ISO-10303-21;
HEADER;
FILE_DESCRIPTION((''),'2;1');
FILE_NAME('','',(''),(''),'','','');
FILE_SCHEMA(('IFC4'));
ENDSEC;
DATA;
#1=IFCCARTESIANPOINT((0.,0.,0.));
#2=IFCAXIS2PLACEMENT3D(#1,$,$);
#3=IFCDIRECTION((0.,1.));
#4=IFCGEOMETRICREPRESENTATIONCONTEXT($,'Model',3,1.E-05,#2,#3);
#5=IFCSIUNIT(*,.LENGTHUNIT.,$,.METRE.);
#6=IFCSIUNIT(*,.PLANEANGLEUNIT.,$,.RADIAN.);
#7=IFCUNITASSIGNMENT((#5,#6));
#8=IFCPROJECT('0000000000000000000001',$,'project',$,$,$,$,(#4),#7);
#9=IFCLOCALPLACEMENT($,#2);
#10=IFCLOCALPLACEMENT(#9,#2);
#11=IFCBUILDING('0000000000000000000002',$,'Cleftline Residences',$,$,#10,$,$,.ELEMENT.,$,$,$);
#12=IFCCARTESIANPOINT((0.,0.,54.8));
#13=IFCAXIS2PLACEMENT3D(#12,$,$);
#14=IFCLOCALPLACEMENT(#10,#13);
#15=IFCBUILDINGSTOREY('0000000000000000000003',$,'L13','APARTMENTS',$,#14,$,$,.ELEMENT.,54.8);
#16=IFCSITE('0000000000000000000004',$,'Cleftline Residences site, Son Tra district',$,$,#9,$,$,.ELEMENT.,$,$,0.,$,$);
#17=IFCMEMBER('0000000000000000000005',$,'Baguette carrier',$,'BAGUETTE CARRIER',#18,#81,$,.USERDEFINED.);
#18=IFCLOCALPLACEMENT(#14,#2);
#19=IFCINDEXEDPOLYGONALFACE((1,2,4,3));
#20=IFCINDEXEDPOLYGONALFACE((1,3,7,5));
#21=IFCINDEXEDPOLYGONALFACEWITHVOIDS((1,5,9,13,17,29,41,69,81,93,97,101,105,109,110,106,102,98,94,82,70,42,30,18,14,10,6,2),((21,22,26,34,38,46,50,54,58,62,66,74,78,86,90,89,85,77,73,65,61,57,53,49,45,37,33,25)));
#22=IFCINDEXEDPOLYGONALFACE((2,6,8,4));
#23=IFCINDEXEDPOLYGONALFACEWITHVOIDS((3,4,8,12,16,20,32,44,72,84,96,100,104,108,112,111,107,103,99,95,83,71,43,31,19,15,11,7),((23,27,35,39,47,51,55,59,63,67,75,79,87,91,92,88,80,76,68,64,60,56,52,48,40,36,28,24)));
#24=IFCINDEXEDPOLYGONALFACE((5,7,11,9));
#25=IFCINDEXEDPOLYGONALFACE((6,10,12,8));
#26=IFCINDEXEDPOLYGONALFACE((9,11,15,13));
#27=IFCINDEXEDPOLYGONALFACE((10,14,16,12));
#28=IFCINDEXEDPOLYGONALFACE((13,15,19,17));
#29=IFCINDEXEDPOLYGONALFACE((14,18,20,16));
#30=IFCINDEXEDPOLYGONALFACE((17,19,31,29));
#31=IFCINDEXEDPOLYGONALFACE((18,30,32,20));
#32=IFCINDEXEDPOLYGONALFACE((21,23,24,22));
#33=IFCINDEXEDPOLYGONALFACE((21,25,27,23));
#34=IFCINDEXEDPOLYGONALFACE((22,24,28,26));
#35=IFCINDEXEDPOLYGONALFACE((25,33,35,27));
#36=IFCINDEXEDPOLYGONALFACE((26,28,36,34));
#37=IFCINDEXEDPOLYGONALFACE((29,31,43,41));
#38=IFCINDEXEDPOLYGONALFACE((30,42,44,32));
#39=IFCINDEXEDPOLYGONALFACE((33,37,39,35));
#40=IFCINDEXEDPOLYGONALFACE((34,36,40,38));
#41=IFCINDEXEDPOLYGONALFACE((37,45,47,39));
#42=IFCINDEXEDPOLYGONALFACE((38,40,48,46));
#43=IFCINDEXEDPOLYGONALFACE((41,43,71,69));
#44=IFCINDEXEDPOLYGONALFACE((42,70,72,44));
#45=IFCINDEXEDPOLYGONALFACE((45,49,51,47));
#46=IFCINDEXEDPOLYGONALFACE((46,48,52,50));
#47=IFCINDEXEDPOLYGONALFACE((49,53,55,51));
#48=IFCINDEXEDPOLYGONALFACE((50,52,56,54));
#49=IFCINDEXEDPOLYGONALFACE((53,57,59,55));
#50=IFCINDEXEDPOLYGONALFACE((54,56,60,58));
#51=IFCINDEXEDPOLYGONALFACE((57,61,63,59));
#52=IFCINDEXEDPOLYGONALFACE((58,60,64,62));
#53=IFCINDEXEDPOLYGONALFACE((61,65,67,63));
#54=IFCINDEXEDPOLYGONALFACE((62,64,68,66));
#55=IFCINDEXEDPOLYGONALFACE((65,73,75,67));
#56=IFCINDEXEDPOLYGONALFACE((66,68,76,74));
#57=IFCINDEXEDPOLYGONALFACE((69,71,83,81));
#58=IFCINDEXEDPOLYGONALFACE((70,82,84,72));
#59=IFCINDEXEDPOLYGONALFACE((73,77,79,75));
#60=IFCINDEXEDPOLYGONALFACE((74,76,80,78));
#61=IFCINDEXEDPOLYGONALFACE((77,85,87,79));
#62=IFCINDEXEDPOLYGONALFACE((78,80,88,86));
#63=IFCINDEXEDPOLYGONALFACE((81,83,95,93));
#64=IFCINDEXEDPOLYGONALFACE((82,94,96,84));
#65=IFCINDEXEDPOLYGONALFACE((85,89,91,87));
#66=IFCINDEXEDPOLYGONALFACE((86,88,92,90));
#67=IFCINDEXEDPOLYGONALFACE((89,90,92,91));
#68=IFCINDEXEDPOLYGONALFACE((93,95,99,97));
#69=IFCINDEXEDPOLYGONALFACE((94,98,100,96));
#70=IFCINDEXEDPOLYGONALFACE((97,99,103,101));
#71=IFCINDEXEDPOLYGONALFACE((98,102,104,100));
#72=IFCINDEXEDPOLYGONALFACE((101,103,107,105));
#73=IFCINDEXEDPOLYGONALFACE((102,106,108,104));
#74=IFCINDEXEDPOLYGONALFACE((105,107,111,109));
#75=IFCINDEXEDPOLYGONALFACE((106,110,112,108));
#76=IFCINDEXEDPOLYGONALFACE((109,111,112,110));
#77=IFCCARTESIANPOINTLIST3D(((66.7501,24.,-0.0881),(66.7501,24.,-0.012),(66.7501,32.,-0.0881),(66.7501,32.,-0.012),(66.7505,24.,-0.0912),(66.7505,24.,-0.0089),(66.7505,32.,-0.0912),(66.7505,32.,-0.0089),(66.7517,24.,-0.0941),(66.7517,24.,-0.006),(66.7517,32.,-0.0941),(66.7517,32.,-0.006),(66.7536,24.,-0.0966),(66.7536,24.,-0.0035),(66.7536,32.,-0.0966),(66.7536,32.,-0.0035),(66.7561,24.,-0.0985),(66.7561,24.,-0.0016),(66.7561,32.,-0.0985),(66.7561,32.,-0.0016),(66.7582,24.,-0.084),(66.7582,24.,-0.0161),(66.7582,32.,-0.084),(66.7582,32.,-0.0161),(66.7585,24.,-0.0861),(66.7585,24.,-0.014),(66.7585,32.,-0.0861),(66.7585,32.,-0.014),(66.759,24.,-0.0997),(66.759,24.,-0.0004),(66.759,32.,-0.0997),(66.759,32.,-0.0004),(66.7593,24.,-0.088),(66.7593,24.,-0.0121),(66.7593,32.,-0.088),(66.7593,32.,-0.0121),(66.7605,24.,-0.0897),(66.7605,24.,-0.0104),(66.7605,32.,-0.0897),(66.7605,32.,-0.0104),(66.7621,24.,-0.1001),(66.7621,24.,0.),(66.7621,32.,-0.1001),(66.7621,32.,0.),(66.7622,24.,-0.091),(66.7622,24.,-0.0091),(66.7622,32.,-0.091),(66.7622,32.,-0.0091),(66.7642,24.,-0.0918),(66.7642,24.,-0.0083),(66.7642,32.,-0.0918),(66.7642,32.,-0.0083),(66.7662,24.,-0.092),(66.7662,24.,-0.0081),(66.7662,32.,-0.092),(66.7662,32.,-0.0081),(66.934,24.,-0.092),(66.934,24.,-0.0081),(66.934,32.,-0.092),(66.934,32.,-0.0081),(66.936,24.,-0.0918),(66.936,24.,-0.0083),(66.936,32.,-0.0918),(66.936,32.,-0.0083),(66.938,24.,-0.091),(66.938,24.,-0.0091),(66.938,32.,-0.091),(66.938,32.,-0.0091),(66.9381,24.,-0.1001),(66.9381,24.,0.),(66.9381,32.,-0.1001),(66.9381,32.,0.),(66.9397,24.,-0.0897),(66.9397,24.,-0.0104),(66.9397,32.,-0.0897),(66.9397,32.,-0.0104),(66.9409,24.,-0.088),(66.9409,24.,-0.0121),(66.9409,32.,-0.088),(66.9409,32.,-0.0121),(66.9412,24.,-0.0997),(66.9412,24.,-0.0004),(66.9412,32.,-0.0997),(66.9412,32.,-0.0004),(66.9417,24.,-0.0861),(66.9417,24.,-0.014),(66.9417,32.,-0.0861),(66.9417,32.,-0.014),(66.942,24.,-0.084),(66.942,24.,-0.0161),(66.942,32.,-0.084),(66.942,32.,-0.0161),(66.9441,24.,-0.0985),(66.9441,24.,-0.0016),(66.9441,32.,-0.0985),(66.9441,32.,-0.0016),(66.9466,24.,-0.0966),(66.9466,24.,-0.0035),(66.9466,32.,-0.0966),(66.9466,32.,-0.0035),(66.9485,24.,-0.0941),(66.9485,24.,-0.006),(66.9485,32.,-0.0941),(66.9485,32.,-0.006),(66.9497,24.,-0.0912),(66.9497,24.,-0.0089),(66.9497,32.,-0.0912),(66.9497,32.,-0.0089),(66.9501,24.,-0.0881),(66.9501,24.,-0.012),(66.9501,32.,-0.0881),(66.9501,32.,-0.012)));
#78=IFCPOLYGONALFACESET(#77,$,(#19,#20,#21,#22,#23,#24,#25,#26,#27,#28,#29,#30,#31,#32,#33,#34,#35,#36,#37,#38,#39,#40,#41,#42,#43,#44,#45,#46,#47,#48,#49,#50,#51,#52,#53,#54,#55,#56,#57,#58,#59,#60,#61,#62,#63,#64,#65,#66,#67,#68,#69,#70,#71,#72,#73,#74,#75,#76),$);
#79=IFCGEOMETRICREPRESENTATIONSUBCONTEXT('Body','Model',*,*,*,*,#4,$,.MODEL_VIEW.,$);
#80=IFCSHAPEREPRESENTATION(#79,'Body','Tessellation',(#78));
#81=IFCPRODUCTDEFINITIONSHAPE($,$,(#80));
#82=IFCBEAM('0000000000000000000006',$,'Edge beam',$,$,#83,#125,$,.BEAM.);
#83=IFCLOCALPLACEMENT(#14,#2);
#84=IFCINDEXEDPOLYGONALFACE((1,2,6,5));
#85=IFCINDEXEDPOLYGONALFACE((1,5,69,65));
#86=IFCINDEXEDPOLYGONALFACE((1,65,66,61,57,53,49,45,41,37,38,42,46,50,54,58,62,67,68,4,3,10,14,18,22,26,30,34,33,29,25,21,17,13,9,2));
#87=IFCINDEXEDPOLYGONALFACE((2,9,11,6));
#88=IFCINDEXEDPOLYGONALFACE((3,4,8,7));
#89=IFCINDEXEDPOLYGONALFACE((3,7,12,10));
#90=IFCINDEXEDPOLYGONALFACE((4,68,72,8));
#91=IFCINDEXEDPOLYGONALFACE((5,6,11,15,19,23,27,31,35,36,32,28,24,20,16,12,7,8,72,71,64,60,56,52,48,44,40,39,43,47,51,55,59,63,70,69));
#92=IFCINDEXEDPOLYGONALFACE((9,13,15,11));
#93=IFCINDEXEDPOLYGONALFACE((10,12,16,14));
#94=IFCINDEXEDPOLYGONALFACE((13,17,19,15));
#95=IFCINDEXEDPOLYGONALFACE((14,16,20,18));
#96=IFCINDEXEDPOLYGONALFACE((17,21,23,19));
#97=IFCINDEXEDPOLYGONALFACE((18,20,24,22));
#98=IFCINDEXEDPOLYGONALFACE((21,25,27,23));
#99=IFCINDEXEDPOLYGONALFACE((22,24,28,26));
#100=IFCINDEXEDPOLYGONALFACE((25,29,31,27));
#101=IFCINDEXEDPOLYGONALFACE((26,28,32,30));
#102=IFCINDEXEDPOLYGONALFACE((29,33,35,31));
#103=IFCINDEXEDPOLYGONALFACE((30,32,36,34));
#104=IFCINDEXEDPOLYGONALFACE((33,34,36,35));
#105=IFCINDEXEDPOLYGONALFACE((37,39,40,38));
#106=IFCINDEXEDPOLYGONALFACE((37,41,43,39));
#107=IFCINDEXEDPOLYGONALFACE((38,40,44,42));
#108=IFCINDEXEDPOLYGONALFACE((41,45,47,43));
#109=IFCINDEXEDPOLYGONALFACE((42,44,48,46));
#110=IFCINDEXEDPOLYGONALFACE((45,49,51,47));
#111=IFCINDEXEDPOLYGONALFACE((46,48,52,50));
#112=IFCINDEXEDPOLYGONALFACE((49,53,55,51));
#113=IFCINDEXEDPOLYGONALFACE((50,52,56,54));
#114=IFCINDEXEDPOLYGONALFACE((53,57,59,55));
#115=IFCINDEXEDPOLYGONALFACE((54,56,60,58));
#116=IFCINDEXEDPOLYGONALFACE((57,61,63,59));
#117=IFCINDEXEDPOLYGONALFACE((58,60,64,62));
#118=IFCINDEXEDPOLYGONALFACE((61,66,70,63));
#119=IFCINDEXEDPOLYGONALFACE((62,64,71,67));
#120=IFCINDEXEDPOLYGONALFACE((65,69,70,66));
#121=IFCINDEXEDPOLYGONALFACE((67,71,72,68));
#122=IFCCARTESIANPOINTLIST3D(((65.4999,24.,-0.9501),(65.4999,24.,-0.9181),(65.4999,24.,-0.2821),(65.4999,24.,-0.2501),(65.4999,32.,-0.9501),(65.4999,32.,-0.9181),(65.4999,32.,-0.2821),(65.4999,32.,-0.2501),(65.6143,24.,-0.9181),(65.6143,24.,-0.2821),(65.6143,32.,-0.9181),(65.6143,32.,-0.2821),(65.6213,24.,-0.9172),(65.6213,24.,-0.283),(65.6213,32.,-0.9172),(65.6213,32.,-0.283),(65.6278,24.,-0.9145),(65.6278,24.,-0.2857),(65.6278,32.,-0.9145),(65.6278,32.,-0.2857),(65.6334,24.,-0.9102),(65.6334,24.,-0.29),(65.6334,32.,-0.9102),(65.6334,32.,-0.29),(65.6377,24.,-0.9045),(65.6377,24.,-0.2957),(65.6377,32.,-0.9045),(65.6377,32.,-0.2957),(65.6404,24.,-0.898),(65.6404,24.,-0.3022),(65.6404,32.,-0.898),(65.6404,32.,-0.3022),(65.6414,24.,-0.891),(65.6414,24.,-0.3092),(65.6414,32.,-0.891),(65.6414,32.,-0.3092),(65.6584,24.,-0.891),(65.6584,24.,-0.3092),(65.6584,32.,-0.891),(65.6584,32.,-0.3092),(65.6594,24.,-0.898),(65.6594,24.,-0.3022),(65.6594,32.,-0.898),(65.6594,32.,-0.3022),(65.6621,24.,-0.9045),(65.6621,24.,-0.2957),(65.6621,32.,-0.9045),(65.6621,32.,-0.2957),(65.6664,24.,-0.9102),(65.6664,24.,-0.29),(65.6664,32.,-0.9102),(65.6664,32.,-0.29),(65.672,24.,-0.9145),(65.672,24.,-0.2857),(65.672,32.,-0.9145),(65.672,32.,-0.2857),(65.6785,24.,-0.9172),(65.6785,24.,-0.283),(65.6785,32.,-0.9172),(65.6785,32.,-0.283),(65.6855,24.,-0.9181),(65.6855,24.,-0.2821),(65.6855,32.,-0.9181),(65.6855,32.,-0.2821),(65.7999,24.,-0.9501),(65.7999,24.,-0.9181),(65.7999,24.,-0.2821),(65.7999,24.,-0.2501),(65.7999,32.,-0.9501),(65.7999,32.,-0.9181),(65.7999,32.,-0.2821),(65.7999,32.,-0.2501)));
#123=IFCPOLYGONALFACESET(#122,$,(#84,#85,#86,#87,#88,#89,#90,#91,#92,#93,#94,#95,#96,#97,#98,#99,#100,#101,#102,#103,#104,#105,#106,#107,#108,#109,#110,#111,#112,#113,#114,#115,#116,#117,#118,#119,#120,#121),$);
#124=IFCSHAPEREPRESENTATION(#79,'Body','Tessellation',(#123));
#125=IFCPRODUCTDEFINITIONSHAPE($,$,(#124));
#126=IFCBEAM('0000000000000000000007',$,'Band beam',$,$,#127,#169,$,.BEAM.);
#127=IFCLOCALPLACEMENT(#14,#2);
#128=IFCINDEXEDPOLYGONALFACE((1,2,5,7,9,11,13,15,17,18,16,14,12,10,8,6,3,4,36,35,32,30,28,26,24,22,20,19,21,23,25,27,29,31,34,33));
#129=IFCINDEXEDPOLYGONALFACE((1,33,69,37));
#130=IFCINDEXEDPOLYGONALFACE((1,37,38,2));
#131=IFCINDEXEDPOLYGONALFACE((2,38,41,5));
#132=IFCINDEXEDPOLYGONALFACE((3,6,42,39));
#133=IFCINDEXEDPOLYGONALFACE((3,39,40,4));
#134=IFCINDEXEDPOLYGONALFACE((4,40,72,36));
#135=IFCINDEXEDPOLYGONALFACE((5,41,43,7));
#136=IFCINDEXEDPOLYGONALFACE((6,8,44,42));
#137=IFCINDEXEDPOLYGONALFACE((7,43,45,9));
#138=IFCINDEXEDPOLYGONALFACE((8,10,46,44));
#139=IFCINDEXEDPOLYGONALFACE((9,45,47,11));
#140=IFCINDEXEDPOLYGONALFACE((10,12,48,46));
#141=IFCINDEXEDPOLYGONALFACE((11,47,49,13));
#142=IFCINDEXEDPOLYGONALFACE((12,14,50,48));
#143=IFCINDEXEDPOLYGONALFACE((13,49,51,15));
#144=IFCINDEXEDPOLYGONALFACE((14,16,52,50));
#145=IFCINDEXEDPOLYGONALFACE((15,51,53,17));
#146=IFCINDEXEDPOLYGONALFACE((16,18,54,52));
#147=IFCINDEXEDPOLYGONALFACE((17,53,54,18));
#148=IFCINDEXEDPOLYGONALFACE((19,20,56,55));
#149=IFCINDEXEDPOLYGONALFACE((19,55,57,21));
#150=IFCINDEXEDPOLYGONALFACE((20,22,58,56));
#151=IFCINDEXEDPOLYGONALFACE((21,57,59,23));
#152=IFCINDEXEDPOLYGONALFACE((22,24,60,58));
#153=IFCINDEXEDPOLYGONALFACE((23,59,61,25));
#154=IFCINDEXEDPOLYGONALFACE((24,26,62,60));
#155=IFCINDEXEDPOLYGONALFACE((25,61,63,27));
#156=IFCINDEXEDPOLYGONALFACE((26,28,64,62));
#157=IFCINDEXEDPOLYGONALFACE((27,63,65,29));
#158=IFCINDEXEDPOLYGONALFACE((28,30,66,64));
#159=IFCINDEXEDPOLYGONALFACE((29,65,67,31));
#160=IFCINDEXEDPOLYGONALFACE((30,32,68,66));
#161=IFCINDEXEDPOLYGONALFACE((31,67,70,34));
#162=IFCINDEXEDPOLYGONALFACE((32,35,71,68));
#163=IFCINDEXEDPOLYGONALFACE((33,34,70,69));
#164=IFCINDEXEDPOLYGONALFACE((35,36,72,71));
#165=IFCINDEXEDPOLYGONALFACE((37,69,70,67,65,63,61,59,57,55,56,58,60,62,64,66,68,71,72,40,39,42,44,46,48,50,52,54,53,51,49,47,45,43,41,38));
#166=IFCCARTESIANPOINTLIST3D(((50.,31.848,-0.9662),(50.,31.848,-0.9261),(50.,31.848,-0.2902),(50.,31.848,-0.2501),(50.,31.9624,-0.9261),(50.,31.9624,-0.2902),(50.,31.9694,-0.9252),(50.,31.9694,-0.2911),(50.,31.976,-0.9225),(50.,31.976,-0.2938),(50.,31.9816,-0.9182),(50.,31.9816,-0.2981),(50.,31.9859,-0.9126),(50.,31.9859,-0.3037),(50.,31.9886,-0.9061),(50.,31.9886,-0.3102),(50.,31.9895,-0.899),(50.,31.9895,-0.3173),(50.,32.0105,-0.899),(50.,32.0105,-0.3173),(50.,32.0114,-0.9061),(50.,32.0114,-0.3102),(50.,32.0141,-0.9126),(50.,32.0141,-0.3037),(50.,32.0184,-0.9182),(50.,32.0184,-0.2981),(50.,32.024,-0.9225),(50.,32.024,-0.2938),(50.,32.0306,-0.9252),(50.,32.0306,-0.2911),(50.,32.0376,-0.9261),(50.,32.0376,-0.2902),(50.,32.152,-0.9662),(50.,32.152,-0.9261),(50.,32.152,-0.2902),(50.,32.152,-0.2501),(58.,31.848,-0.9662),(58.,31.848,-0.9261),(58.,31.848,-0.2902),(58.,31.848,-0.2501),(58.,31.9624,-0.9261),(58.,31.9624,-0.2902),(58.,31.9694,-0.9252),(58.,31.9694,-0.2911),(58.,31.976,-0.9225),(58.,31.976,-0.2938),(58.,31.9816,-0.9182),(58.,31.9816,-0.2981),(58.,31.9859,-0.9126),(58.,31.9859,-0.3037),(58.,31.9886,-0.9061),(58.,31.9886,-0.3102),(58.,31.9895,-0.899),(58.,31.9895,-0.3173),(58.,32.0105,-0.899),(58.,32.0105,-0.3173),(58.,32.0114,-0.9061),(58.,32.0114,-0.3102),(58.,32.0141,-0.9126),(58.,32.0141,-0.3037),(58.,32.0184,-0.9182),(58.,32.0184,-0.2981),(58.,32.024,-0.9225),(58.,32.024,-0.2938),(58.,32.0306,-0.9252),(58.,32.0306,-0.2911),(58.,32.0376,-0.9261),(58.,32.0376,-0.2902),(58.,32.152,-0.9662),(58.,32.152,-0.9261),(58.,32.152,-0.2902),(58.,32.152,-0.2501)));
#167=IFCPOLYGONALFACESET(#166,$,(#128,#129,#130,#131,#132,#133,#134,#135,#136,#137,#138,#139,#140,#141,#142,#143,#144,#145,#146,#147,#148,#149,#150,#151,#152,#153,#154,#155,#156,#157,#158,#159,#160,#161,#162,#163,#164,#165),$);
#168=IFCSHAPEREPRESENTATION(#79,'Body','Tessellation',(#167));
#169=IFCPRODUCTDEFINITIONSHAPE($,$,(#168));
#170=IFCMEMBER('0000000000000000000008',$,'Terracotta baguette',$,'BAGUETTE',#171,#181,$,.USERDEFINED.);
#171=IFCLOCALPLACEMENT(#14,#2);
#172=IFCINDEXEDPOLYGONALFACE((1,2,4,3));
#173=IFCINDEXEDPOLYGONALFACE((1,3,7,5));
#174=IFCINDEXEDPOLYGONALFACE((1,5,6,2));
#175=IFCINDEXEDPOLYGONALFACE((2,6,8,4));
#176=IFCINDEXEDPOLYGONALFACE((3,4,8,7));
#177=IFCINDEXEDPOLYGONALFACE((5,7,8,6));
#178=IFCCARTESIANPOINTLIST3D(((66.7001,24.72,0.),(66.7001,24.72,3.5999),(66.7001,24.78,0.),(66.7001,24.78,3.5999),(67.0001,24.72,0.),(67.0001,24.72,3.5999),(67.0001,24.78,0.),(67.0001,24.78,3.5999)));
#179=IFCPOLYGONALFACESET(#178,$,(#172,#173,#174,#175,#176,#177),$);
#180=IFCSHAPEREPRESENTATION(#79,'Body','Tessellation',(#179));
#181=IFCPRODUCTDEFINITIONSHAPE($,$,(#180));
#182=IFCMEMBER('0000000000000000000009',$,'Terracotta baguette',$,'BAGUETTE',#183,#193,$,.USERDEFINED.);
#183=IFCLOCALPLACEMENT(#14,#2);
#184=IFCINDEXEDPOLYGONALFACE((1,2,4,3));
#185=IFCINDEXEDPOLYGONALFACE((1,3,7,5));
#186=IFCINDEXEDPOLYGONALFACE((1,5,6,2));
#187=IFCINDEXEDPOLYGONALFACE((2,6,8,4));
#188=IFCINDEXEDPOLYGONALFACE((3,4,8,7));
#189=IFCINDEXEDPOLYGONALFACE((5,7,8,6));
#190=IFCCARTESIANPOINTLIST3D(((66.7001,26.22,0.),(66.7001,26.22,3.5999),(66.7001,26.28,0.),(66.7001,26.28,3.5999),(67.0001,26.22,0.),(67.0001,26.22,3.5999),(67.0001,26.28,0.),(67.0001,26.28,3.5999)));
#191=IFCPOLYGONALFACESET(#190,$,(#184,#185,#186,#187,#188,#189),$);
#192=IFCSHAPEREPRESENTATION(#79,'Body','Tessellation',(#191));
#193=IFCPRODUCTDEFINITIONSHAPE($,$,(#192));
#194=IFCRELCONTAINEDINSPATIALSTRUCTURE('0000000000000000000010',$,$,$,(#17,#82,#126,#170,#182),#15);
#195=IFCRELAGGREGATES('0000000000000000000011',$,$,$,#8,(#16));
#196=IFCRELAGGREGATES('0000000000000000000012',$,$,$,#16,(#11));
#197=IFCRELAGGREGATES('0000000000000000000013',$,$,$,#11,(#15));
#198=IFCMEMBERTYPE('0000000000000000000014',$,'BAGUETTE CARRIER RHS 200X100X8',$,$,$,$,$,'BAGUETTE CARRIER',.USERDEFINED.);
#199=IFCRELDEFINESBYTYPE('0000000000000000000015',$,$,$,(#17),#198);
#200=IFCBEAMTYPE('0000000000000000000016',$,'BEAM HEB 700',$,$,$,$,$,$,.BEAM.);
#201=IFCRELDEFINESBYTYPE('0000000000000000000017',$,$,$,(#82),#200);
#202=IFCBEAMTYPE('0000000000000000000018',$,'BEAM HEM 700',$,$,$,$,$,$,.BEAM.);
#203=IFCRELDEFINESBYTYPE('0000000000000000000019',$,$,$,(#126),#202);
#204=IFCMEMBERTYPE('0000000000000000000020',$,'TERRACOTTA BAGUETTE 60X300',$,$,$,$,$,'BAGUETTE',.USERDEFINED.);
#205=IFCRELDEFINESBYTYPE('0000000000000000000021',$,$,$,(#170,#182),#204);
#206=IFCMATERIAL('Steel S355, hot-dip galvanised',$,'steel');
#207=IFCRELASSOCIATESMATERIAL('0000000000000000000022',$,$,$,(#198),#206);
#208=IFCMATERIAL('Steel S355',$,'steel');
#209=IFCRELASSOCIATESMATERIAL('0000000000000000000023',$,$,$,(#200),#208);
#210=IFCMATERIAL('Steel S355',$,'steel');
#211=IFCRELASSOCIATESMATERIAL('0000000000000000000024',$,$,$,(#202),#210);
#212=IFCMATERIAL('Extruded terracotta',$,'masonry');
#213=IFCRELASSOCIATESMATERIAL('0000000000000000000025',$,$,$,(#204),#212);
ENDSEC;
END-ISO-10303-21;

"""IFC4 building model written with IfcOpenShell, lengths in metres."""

from ifc_helpers import new_model, si_unit, direction, frame, origin, origin_2d, place, context, subcontext, project, spatial, rectangle, hollow_rectangle, i_section, extrude, material, material_profile, profile_set, type_object, element, save


model = new_model("IFC4")

# Units and contexts
model_context = context("Model", 3, precision=1e-05, world=origin(), true_north=direction((0.0, 1.0)))
body_context = subcontext(model_context, "Body", "Model", "MODEL_VIEW")
ifc_project = project(units=[si_unit("LENGTHUNIT", "METRE"), si_unit("PLANEANGLEUNIT", "RADIAN")], contexts=[model_context])

# Site, building, storey
site_placement = place(None, origin())
site = spatial("IfcSite", under=ifc_project, at=site_placement, Name="Cleftline Residences site, Son Tra district", CompositionType="ELEMENT", RefElevation=0.0)
building_placement = place(site_placement, origin())
building = spatial("IfcBuilding", under=site, at=building_placement, Name="Cleftline Residences", CompositionType="ELEMENT")
storey_placement = place(building_placement, frame((0.0, 0.0, 54.8)))
storey = spatial("IfcBuildingStorey", under=building, at=storey_placement, Name="L13", Description="APARTMENTS", CompositionType="ELEMENT", Elevation=54.8)

# Member
ifc_material_1 = material(Name="Steel S355, hot-dip galvanised", Category="steel")
ifc_material_profile_1 = material_profile(ifc_material_1, hollow_rectangle(XDim=0.1001, YDim=0.2, WallThickness=0.0081, InnerFilletRadius=0.0081, OuterFilletRadius=0.012, at=origin_2d()))
ifc_profile_set_1 = profile_set([ifc_material_profile_1], Name="Steel S355, hot-dip galvanised")
member_type_1 = type_object("IfcMemberType", Name="BAGUETTE CARRIER RHS 200X100X8", ElementType="BAGUETTE CARRIER", PredefinedType="USERDEFINED", material=ifc_profile_set_1)
member_1_placement = place(storey_placement, frame((66.8501, 24.0, -0.05), z_axis=(0.0, 1.0, 0.0), x_axis=(0.0, 0.0, 1.0)))
element("IfcMember", 1, at=member_1_placement, inside=storey, type_object=member_type_1, Name="Baguette carrier", ObjectType="BAGUETTE CARRIER", PredefinedType="USERDEFINED", context=body_context, shape_type="SweptSolid", body=[
    extrude(hollow_rectangle(XDim=0.1001, YDim=0.2, WallThickness=0.0081, InnerFilletRadius=0.0081, OuterFilletRadius=0.012, at=origin_2d()), origin(), (0.0, 0.0, 1.0), 8.0),
])

# Beams
ifc_material_2 = material(Name="Steel S355", Category="steel")
ifc_material_profile_2 = material_profile(ifc_material_2, i_section(OverallWidth=0.3, OverallDepth=0.7, WebThickness=0.0171, FlangeThickness=0.032, FilletRadius=0.0271, at=origin_2d()))
ifc_profile_set_2 = profile_set([ifc_material_profile_2], Name="Steel S355")
beam_type_1 = type_object("IfcBeamType", Name="BEAM HEB 700", PredefinedType="BEAM", material=ifc_profile_set_2)
beam_1_placement = place(storey_placement, frame((65.6499, 24.0, -0.6001), z_axis=(0.0, 1.0, 0.0), x_axis=(-1.0, 0.0, 0.0)))
element("IfcBeam", 2, at=beam_1_placement, inside=storey, type_object=beam_type_1, Name="Edge beam", PredefinedType="BEAM", context=body_context, shape_type="SweptSolid", body=[
    extrude(i_section(OverallWidth=0.3, OverallDepth=0.7, WebThickness=0.0171, FlangeThickness=0.032, FilletRadius=0.0271, at=origin_2d()), origin(), (0.0, 0.0, 1.0), 8.0),
])
ifc_material_3 = material(Name="Steel S355", Category="steel")
ifc_material_profile_3 = material_profile(ifc_material_3, i_section(OverallWidth=0.304, OverallDepth=0.7161, WebThickness=0.021, FlangeThickness=0.04, FilletRadius=0.0271, at=origin_2d()))
ifc_profile_set_3 = profile_set([ifc_material_profile_3], Name="Steel S355")
beam_type_2 = type_object("IfcBeamType", Name="BEAM HEM 700", PredefinedType="BEAM", material=ifc_profile_set_3)
beam_2_placement = place(storey_placement, frame((58.0, 32.0, -0.6082), z_axis=(-1.0, 0.0, 0.0), x_axis=(0.0, -1.0, 0.0)))
element("IfcBeam", 3, at=beam_2_placement, inside=storey, type_object=beam_type_2, Name="Band beam", PredefinedType="BEAM", context=body_context, shape_type="SweptSolid", body=[
    extrude(i_section(OverallWidth=0.304, OverallDepth=0.7161, WebThickness=0.021, FlangeThickness=0.04, FilletRadius=0.0271, at=origin_2d()), origin(), (0.0, 0.0, 1.0), 8.0),
])

# Members
ifc_material_4 = material(Name="Extruded terracotta", Category="masonry")
ifc_material_profile_4 = material_profile(ifc_material_4, rectangle(XDim=0.0601, YDim=0.3, at=origin_2d()))
ifc_profile_set_4 = profile_set([ifc_material_profile_4], Name="Extruded terracotta")
member_type_2 = type_object("IfcMemberType", Name="TERRACOTTA BAGUETTE 60X300", ElementType="BAGUETTE", PredefinedType="USERDEFINED", material=ifc_profile_set_4)
for number, where, z_axis, x_axis, name in (
    (4, (66.8501, 24.75, 0.0), (0.0, 0.0, 1.0), (0.0, 1.0, 0.0), "Terracotta baguette"),
    (5, (66.8501, 26.25, 0.0), (0.0, 0.0, 1.0), (0.0, 1.0, 0.0), "Terracotta baguette"),
):
    element("IfcMember", number, at=place(storey_placement, frame(where, z_axis=z_axis, x_axis=x_axis)), inside=storey, type_object=member_type_2, Name=name, ObjectType="BAGUETTE", PredefinedType="USERDEFINED", context=body_context, shape_type="SweptSolid", body=[
        extrude(rectangle(XDim=0.0601, YDim=0.3, at=origin_2d()), origin(), (0.0, 0.0, 1.0), 3.5999),
    ])

save(model, "model.ifc")
